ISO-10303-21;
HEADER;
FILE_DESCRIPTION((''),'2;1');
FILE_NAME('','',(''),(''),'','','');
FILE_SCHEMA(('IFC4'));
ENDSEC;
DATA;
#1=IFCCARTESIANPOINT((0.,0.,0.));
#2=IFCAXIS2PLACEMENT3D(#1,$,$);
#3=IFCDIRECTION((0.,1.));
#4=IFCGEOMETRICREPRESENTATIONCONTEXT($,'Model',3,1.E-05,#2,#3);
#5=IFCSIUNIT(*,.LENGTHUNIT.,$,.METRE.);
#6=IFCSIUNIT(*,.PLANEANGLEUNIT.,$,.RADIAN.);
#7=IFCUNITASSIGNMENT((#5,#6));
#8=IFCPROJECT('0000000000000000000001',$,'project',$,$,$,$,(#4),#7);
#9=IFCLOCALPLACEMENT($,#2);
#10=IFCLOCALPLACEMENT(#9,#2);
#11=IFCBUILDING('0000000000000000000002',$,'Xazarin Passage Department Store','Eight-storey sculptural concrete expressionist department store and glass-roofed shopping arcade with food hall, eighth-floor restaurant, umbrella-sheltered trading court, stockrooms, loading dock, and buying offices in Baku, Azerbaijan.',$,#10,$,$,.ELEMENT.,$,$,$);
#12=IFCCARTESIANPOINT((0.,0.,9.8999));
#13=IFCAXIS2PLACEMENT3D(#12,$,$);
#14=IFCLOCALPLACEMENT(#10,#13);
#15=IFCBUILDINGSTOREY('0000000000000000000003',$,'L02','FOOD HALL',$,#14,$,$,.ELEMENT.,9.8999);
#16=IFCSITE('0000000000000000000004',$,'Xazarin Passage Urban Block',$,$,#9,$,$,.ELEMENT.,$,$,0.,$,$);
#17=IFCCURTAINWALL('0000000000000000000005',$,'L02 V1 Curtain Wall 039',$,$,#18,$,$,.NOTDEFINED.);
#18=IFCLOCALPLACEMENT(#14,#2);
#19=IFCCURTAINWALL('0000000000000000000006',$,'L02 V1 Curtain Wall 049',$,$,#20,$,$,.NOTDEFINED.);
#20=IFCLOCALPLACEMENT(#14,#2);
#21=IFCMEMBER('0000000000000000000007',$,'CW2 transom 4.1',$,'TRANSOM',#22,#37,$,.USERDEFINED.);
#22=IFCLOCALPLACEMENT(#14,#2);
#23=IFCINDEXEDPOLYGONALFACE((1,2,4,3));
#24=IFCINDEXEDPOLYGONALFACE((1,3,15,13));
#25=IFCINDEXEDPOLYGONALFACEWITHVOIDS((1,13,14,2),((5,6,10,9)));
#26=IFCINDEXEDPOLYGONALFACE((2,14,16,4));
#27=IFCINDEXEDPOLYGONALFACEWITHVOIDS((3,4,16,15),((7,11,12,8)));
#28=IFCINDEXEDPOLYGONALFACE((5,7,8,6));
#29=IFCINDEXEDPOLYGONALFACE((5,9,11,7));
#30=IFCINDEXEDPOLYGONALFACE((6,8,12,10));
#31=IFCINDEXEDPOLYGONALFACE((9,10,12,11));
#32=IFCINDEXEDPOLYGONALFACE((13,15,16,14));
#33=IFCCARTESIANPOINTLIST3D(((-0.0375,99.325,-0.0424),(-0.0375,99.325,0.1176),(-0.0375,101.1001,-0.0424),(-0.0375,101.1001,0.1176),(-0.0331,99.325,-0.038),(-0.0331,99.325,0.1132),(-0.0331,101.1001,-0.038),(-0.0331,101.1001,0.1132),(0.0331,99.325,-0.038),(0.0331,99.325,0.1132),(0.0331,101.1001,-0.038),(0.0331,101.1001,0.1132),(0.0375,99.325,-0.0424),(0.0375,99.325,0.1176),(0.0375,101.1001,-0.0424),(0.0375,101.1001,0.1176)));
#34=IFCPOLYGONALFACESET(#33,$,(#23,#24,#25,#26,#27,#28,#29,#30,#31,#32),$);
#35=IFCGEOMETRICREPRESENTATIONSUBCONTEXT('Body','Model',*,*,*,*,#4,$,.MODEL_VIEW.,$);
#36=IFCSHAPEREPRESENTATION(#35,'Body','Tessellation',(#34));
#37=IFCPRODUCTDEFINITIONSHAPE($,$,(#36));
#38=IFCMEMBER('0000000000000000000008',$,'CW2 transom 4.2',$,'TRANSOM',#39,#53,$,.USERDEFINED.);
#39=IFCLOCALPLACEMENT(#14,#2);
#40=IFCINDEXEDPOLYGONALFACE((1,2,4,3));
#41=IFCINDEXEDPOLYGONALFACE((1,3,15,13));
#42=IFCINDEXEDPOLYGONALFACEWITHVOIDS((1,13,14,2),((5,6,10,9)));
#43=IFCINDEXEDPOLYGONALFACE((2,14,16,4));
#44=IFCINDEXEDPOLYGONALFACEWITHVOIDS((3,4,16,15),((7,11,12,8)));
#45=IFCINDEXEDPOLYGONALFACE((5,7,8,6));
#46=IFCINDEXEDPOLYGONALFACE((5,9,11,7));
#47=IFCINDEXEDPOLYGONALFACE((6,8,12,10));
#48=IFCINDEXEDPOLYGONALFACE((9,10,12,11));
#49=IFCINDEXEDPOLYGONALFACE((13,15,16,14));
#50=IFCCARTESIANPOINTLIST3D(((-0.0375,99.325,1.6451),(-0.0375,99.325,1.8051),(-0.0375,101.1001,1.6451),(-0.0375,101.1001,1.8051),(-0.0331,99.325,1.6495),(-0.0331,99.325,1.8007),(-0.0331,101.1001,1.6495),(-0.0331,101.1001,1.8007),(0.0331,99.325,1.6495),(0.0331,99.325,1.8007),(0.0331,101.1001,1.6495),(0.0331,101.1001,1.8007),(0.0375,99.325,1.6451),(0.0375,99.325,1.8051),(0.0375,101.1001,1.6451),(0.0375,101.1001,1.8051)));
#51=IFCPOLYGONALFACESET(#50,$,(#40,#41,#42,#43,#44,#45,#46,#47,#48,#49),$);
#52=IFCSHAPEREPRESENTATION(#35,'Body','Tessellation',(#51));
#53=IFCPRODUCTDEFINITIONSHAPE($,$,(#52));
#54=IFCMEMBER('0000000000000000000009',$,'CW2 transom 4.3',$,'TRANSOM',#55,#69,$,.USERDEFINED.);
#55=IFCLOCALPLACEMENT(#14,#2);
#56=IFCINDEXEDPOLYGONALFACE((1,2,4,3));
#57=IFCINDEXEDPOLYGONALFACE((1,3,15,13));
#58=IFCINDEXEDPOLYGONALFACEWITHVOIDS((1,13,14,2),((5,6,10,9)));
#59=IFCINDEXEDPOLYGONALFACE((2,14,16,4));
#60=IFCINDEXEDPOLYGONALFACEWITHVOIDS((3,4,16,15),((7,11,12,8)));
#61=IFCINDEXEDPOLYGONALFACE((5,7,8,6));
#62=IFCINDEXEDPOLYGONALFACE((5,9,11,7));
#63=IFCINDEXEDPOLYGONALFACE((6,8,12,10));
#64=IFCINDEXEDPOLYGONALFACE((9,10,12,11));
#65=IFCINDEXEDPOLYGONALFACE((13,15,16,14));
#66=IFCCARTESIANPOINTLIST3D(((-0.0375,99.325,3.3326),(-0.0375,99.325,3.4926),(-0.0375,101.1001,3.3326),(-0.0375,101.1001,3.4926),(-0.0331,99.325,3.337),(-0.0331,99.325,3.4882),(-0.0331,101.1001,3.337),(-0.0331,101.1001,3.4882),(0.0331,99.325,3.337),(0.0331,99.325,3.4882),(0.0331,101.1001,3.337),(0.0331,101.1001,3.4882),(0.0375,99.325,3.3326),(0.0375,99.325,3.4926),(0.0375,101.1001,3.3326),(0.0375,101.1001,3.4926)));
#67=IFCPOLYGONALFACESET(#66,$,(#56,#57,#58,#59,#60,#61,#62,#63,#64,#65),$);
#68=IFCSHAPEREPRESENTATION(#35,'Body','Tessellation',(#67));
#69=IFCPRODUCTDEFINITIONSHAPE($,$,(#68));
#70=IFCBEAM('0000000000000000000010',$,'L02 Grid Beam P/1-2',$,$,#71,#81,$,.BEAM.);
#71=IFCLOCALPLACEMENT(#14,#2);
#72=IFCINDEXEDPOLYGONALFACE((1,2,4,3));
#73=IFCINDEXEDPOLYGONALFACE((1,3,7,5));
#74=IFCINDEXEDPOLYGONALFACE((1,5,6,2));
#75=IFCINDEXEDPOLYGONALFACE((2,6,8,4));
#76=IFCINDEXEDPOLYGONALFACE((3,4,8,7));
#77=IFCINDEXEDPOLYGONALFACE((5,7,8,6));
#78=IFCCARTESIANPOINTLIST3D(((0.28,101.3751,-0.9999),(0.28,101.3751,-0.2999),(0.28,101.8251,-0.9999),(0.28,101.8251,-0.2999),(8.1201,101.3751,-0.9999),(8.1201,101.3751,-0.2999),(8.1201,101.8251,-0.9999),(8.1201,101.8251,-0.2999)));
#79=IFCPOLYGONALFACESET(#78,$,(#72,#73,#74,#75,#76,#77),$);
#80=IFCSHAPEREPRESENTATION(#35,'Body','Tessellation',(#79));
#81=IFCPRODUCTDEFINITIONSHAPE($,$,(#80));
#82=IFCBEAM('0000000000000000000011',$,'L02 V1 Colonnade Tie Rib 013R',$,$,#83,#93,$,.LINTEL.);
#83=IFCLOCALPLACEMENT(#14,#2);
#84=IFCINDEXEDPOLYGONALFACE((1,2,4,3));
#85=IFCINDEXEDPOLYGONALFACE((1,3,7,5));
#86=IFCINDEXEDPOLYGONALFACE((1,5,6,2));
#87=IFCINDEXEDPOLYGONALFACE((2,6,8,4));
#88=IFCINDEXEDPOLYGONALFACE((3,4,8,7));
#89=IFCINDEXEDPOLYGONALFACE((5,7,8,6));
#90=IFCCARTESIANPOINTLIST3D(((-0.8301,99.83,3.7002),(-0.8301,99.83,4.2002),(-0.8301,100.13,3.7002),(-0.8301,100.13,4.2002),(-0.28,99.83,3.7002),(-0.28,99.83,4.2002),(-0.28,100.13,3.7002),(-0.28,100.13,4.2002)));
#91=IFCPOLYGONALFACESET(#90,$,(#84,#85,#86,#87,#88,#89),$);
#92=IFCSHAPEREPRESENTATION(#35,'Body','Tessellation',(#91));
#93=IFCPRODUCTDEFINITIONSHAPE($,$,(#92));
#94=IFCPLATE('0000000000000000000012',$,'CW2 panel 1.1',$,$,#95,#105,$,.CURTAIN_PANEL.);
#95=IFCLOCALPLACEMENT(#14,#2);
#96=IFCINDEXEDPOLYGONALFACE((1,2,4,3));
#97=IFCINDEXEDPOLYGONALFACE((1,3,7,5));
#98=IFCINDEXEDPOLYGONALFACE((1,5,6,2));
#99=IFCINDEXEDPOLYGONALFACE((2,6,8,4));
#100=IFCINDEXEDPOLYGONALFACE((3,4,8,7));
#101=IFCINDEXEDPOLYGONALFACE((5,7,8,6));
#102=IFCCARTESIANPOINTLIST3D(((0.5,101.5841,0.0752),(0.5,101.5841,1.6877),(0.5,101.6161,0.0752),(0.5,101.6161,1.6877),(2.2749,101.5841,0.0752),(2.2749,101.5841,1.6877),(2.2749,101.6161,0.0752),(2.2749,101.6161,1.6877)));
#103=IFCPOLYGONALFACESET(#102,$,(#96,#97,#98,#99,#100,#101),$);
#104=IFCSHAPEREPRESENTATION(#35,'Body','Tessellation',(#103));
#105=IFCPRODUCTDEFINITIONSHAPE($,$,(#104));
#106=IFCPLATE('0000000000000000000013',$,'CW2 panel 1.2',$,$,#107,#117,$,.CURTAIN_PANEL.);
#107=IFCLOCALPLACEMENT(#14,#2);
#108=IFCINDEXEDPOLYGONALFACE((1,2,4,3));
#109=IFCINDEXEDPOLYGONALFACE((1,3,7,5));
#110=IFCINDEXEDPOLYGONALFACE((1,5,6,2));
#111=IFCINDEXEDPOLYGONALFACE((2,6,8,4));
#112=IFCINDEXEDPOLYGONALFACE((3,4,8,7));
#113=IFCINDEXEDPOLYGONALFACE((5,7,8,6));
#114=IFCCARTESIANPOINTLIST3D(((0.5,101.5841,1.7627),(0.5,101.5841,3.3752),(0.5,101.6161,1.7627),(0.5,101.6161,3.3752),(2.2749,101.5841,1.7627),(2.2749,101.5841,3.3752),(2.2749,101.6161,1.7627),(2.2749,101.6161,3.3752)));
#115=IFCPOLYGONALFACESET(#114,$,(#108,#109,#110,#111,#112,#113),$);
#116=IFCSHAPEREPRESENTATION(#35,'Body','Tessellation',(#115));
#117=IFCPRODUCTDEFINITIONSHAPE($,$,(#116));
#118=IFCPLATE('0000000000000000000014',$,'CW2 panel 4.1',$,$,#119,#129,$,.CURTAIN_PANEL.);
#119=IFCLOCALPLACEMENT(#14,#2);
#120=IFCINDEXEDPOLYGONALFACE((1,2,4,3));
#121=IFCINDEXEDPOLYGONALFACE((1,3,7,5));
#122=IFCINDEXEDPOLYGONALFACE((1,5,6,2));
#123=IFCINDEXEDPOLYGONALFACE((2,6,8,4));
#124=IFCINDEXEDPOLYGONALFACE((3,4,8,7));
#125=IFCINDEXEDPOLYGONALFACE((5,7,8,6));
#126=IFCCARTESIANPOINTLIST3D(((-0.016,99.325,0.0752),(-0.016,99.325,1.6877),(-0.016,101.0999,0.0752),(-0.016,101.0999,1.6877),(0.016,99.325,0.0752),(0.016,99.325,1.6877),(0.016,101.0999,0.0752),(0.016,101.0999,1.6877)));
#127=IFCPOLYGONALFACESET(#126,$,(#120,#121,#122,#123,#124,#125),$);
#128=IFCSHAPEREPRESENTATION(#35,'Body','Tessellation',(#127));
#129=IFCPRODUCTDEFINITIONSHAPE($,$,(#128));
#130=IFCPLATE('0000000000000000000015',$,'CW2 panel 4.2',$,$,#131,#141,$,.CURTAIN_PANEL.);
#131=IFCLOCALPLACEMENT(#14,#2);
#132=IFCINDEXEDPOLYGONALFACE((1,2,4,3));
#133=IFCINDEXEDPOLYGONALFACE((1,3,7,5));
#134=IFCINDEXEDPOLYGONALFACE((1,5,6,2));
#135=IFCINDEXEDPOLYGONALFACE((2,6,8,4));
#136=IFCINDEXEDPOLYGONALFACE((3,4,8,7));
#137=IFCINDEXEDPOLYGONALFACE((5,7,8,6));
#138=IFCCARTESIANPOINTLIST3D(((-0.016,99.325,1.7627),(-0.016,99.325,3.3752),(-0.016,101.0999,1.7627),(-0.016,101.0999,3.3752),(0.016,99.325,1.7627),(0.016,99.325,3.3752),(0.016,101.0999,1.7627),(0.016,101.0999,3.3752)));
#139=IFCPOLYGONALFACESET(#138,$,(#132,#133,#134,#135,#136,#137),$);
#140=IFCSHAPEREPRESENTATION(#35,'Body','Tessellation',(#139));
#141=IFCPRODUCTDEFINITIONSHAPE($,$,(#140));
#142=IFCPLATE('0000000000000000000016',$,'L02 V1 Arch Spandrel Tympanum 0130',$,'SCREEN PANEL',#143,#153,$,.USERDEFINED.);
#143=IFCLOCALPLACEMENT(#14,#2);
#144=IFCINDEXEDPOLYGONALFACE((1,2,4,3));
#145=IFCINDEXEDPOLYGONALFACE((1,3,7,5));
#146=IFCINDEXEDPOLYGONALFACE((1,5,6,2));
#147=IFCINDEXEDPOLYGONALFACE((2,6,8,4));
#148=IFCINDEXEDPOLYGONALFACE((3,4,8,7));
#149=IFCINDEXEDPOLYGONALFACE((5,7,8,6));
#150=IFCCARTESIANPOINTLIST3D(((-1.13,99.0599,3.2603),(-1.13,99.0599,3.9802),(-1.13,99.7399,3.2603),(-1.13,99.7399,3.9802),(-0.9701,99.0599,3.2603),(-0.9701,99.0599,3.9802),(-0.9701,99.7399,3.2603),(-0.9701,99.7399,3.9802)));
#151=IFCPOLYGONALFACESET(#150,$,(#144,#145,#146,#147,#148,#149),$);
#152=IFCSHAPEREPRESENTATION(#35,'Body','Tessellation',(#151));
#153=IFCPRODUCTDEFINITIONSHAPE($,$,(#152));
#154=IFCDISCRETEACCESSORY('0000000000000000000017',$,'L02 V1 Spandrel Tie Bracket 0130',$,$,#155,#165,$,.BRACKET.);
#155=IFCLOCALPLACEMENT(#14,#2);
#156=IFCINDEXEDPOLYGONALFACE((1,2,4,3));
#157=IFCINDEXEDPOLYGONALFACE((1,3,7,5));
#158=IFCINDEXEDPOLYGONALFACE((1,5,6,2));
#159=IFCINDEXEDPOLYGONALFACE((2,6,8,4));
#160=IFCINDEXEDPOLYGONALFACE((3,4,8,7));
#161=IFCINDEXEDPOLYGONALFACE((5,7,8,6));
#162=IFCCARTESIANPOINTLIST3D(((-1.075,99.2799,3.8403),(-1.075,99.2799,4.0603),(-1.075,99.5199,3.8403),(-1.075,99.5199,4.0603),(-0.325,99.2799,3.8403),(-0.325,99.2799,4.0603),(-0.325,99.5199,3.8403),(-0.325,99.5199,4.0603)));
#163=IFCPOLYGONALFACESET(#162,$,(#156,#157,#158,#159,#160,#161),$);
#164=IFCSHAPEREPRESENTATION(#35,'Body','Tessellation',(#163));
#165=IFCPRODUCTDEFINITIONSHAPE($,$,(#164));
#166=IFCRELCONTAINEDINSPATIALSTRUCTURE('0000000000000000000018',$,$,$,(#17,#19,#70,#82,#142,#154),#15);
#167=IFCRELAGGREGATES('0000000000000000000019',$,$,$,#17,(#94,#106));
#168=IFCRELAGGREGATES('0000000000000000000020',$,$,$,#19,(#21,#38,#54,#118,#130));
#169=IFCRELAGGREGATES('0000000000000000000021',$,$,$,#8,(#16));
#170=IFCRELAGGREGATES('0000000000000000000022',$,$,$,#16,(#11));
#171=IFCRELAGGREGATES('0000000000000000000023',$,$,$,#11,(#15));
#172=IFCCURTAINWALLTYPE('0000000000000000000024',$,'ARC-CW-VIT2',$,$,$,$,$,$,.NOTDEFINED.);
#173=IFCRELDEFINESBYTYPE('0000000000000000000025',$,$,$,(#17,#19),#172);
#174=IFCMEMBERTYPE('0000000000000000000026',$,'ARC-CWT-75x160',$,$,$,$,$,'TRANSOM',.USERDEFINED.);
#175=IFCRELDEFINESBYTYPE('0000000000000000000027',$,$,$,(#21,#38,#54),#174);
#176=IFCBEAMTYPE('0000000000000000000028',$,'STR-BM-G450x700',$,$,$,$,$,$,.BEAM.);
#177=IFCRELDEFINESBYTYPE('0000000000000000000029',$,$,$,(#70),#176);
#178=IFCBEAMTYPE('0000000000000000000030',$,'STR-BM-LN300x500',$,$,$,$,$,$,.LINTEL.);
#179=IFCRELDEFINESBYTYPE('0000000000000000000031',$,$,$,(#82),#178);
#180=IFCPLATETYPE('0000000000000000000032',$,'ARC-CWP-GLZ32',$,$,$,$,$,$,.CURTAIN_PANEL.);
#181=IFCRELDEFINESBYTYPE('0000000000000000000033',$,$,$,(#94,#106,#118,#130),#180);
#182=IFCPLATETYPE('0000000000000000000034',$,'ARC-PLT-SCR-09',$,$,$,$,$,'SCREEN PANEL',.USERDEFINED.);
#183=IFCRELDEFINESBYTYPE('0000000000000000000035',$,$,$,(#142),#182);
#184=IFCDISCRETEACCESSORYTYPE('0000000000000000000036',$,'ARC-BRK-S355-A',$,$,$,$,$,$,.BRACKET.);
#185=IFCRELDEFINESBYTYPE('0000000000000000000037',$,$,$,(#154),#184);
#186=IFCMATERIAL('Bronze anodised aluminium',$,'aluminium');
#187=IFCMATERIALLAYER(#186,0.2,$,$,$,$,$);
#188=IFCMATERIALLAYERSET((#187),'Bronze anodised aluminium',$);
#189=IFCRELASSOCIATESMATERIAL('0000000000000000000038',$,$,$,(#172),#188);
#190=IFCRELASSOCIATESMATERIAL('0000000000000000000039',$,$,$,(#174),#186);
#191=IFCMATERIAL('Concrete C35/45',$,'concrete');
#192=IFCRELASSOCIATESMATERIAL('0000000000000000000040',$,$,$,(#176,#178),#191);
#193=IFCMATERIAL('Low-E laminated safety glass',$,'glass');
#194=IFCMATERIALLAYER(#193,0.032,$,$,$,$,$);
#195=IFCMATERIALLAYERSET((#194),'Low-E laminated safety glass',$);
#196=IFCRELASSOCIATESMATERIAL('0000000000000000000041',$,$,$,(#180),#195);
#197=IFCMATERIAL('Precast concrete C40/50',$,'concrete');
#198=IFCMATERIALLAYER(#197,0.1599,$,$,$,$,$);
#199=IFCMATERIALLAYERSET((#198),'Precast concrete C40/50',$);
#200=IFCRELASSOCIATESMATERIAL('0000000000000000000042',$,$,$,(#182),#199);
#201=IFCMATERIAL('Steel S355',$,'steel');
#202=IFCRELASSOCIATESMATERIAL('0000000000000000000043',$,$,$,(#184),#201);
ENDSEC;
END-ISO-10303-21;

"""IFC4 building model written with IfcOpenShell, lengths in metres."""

from ifc_helpers import new_model, si_unit, direction, frame, origin, origin_2d, place, context, subcontext, project, spatial, rectangle, hollow_rectangle, extrude, material, layer, layer_set, material_profile, profile_set, type_object, element, aggregate, save


model = new_model("IFC4")

# Units and contexts
model_context = context("Model", 3, precision=1e-05, world=origin(), true_north=direction((0.0, 1.0)))
body_context = subcontext(model_context, "Body", "Model", "MODEL_VIEW")
ifc_project = project(units=[si_unit("LENGTHUNIT", "METRE"), si_unit("PLANEANGLEUNIT", "RADIAN")], contexts=[model_context])

# Site, building, storey
site_placement = place(None, origin())
site = spatial("IfcSite", under=ifc_project, at=site_placement, Name="Xazarin Passage Urban Block", CompositionType="ELEMENT", RefElevation=0.0)
building_placement = place(site_placement, origin())
building = spatial("IfcBuilding", under=site, at=building_placement, Name="Xazarin Passage Department Store", Description="Eight-storey sculptural concrete expressionist department store and glass-roofed shopping arcade with food hall, eighth-floor restaurant, umbrella-sheltered trading court, stockrooms, loading dock, and buying offices in Baku, Azerbaijan.", CompositionType="ELEMENT")
storey_placement = place(building_placement, frame((0.0, 0.0, 9.8999)))
storey = spatial("IfcBuildingStorey", under=building, at=storey_placement, Name="L02", Description="FOOD HALL", CompositionType="ELEMENT", Elevation=9.8999)

# Curtain walls
ifc_material_1 = material(Name="Bronze anodised aluminium", Category="aluminium")
ifc_layer_1 = layer(ifc_material_1, 0.2)
ifc_layer_set_1 = layer_set([ifc_layer_1], Name="Bronze anodised aluminium")
curtain_wall_type = type_object("IfcCurtainWallType", Name="ARC-CW-VIT2", PredefinedType="NOTDEFINED", material=ifc_layer_set_1)
curtain_wall_1_placement = place(storey_placement, origin())
curtain_wall_1 = element("IfcCurtainWall", 1, at=curtain_wall_1_placement, inside=storey, type_object=curtain_wall_type, Name="L02 V1 Curtain Wall 039", PredefinedType="NOTDEFINED")
curtain_wall_2_placement = place(storey_placement, origin())
curtain_wall_2 = element("IfcCurtainWall", 2, at=curtain_wall_2_placement, inside=storey, type_object=curtain_wall_type, Name="L02 V1 Curtain Wall 049", PredefinedType="NOTDEFINED")

# Members
ifc_material_profile_1 = material_profile(ifc_material_1, hollow_rectangle(XDim=0.075, YDim=0.1599, WallThickness=0.0044, at=origin_2d()), Name="ALU 75x160")
ifc_profile_set_1 = profile_set([ifc_material_profile_1], Name="Bronze anodised aluminium")
member_type_1 = type_object("IfcMemberType", Name="ARC-CWT-75x160", ElementType="TRANSOM", PredefinedType="USERDEFINED", material=ifc_profile_set_1)
member_1_placement = place(storey_placement, frame((0.0, 99.325, 0.0376), z_axis=(0.0, 1.0, 0.0), x_axis=(-1.0, 0.0, 0.0)))
member_1 = element("IfcMember", 3, at=member_1_placement, type_object=member_type_1, Name="CW2 transom 4.1", ObjectType="TRANSOM", PredefinedType="USERDEFINED", context=body_context, shape_type="SweptSolid", body=[
    extrude(hollow_rectangle(XDim=0.075, YDim=0.1599, WallThickness=0.0044, at=origin_2d()), origin(), (0.0, 0.0, 1.0), 1.7751),
])
member_2_placement = place(storey_placement, frame((0.0, 99.325, 1.7251), z_axis=(0.0, 1.0, 0.0), x_axis=(-1.0, 0.0, 0.0)))
member_2 = element("IfcMember", 4, at=member_2_placement, type_object=member_type_1, Name="CW2 transom 4.2", ObjectType="TRANSOM", PredefinedType="USERDEFINED", context=body_context, shape_type="SweptSolid", body=[
    extrude(hollow_rectangle(XDim=0.075, YDim=0.1599, WallThickness=0.0044, at=origin_2d()), origin(), (0.0, 0.0, 1.0), 1.7751),
])
member_3_placement = place(storey_placement, frame((0.0, 99.325, 3.4126), z_axis=(0.0, 1.0, 0.0), x_axis=(-1.0, 0.0, 0.0)))
member_3 = element("IfcMember", 5, at=member_3_placement, type_object=member_type_1, Name="CW2 transom 4.3", ObjectType="TRANSOM", PredefinedType="USERDEFINED", context=body_context, shape_type="SweptSolid", body=[
    extrude(hollow_rectangle(XDim=0.075, YDim=0.1599, WallThickness=0.0044, at=origin_2d()), origin(), (0.0, 0.0, 1.0), 1.7751),
])

# Beams
ifc_material_2 = material(Name="Concrete C35/45", Category="concrete")
ifc_material_profile_2 = material_profile(ifc_material_2, rectangle(XDim=0.45, YDim=0.7, at=origin_2d()), Name="RC 450x700")
ifc_profile_set_2 = profile_set([ifc_material_profile_2], Name="Concrete C35/45")
beam_type_1 = type_object("IfcBeamType", Name="STR-BM-G450x700", PredefinedType="BEAM", material=ifc_profile_set_2)
beam_1_placement = place(storey_placement, frame((0.28, 101.6001, -0.6499), z_axis=(1.0, 0.0, 0.0), x_axis=(0.0, 1.0, 0.0)))
element("IfcBeam", 6, at=beam_1_placement, inside=storey, type_object=beam_type_1, Name="L02 Grid Beam P/1-2", PredefinedType="BEAM", context=body_context, shape_type="SweptSolid", body=[
    extrude(rectangle(XDim=0.45, YDim=0.7, at=origin_2d()), origin(), (0.0, 0.0, 1.0), 7.8401),
])
ifc_material_profile_3 = material_profile(ifc_material_2, rectangle(XDim=0.3, YDim=0.5, at=origin_2d()), Name="RC 300x500")
ifc_profile_set_3 = profile_set([ifc_material_profile_3], Name="Concrete C35/45")
beam_type_2 = type_object("IfcBeamType", Name="STR-BM-LN300x500", PredefinedType="LINTEL", material=ifc_profile_set_3)
beam_2_placement = place(storey_placement, frame((-0.28, 99.98, 3.9502), z_axis=(-1.0, 0.0, 0.0), x_axis=(0.0, -1.0, 0.0)))
element("IfcBeam", 7, at=beam_2_placement, inside=storey, type_object=beam_type_2, Name="L02 V1 Colonnade Tie Rib 013R", PredefinedType="LINTEL", context=body_context, shape_type="SweptSolid", body=[
    extrude(rectangle(XDim=0.3, YDim=0.5, at=origin_2d()), origin(), (0.0, 0.0, 1.0), 0.55),
])

# Plates
ifc_material_3 = material(Name="Low-E laminated safety glass", Category="glass")
ifc_layer_2 = layer(ifc_material_3, 0.032)
ifc_layer_set_2 = layer_set([ifc_layer_2], Name="Low-E laminated safety glass")
plate_type_1 = type_object("IfcPlateType", Name="ARC-CWP-GLZ32", PredefinedType="CURTAIN_PANEL", material=ifc_layer_set_2)
plate_1_placement = place(storey_placement, frame((1.3875, 101.6001, 0.0752), z_axis=(0.0, 0.0, 1.0), x_axis=(1.0, 0.0, 0.0)))
plate_1 = element("IfcPlate", 8, at=plate_1_placement, type_object=plate_type_1, Name="CW2 panel 1.1", PredefinedType="CURTAIN_PANEL", context=body_context, shape_type="SweptSolid", body=[
    extrude(rectangle(XDim=1.7749, YDim=0.032, at=origin_2d()), origin(), (0.0, 0.0, 1.0), 1.6125),
])
plate_2_placement = place(storey_placement, frame((1.3875, 101.6001, 1.7627), z_axis=(0.0, 0.0, 1.0), x_axis=(1.0, 0.0, 0.0)))
plate_2 = element("IfcPlate", 9, at=plate_2_placement, type_object=plate_type_1, Name="CW2 panel 1.2", PredefinedType="CURTAIN_PANEL", context=body_context, shape_type="SweptSolid", body=[
    extrude(rectangle(XDim=1.7749, YDim=0.032, at=origin_2d()), origin(), (0.0, 0.0, 1.0), 1.6125),
])
aggregate(curtain_wall_1, [plate_1, plate_2])
plate_3_placement = place(storey_placement, frame((0.0, 100.2124, 0.0752), z_axis=(0.0, 0.0, 1.0), x_axis=(0.0, 1.0, 0.0)))
plate_3 = element("IfcPlate", 10, at=plate_3_placement, type_object=plate_type_1, Name="CW2 panel 4.1", PredefinedType="CURTAIN_PANEL", context=body_context, shape_type="SweptSolid", body=[
    extrude(rectangle(XDim=1.7749, YDim=0.032, at=origin_2d()), origin(), (0.0, 0.0, 1.0), 1.6125),
])
plate_4_placement = place(storey_placement, frame((0.0, 100.2124, 1.7627), z_axis=(0.0, 0.0, 1.0), x_axis=(0.0, 1.0, 0.0)))
plate_4 = element("IfcPlate", 11, at=plate_4_placement, type_object=plate_type_1, Name="CW2 panel 4.2", PredefinedType="CURTAIN_PANEL", context=body_context, shape_type="SweptSolid", body=[
    extrude(rectangle(XDim=1.7749, YDim=0.032, at=origin_2d()), origin(), (0.0, 0.0, 1.0), 1.6125),
])
aggregate(curtain_wall_2, [member_1, member_2, member_3, plate_3, plate_4])
ifc_material_4 = material(Name="Precast concrete C40/50", Category="concrete")
ifc_layer_3 = layer(ifc_material_4, 0.1599)
ifc_layer_set_3 = layer_set([ifc_layer_3], Name="Precast concrete C40/50")
plate_type_2 = type_object("IfcPlateType", Name="ARC-PLT-SCR-09", ElementType="SCREEN PANEL", PredefinedType="USERDEFINED", material=ifc_layer_set_3)
plate_5_placement = place(storey_placement, frame((-1.05, 99.3999, 3.2603), z_axis=(0.0, 0.0, 1.0), x_axis=(0.0, 1.0, 0.0)))
element("IfcPlate", 12, at=plate_5_placement, inside=storey, type_object=plate_type_2, Name="L02 V1 Arch Spandrel Tympanum 0130", ObjectType="SCREEN PANEL", PredefinedType="USERDEFINED", context=body_context, shape_type="SweptSolid", body=[
    extrude(rectangle(XDim=0.6799, YDim=0.1599, at=origin_2d()), origin(), (0.0, 0.0, 1.0), 0.72),
])

# Discrete accessory
ifc_material_5 = material(Name="Steel S355", Category="steel")
discrete_accessory_type = type_object("IfcDiscreteAccessoryType", Name="ARC-BRK-S355-A", PredefinedType="BRACKET", material=ifc_material_5)
discrete_accessory_placement = place(storey_placement, frame((-0.7, 99.3999, 3.8403), z_axis=(0.0, 0.0, 1.0), x_axis=(0.0, 1.0, 0.0)))
element("IfcDiscreteAccessory", 13, at=discrete_accessory_placement, inside=storey, type_object=discrete_accessory_type, Name="L02 V1 Spandrel Tie Bracket 0130", PredefinedType="BRACKET", context=body_context, shape_type="SweptSolid", body=[
    extrude(rectangle(XDim=0.24, YDim=0.75, at=origin_2d()), origin(), (0.0, 0.0, 1.0), 0.22),
])

save(model, "model.ifc")
